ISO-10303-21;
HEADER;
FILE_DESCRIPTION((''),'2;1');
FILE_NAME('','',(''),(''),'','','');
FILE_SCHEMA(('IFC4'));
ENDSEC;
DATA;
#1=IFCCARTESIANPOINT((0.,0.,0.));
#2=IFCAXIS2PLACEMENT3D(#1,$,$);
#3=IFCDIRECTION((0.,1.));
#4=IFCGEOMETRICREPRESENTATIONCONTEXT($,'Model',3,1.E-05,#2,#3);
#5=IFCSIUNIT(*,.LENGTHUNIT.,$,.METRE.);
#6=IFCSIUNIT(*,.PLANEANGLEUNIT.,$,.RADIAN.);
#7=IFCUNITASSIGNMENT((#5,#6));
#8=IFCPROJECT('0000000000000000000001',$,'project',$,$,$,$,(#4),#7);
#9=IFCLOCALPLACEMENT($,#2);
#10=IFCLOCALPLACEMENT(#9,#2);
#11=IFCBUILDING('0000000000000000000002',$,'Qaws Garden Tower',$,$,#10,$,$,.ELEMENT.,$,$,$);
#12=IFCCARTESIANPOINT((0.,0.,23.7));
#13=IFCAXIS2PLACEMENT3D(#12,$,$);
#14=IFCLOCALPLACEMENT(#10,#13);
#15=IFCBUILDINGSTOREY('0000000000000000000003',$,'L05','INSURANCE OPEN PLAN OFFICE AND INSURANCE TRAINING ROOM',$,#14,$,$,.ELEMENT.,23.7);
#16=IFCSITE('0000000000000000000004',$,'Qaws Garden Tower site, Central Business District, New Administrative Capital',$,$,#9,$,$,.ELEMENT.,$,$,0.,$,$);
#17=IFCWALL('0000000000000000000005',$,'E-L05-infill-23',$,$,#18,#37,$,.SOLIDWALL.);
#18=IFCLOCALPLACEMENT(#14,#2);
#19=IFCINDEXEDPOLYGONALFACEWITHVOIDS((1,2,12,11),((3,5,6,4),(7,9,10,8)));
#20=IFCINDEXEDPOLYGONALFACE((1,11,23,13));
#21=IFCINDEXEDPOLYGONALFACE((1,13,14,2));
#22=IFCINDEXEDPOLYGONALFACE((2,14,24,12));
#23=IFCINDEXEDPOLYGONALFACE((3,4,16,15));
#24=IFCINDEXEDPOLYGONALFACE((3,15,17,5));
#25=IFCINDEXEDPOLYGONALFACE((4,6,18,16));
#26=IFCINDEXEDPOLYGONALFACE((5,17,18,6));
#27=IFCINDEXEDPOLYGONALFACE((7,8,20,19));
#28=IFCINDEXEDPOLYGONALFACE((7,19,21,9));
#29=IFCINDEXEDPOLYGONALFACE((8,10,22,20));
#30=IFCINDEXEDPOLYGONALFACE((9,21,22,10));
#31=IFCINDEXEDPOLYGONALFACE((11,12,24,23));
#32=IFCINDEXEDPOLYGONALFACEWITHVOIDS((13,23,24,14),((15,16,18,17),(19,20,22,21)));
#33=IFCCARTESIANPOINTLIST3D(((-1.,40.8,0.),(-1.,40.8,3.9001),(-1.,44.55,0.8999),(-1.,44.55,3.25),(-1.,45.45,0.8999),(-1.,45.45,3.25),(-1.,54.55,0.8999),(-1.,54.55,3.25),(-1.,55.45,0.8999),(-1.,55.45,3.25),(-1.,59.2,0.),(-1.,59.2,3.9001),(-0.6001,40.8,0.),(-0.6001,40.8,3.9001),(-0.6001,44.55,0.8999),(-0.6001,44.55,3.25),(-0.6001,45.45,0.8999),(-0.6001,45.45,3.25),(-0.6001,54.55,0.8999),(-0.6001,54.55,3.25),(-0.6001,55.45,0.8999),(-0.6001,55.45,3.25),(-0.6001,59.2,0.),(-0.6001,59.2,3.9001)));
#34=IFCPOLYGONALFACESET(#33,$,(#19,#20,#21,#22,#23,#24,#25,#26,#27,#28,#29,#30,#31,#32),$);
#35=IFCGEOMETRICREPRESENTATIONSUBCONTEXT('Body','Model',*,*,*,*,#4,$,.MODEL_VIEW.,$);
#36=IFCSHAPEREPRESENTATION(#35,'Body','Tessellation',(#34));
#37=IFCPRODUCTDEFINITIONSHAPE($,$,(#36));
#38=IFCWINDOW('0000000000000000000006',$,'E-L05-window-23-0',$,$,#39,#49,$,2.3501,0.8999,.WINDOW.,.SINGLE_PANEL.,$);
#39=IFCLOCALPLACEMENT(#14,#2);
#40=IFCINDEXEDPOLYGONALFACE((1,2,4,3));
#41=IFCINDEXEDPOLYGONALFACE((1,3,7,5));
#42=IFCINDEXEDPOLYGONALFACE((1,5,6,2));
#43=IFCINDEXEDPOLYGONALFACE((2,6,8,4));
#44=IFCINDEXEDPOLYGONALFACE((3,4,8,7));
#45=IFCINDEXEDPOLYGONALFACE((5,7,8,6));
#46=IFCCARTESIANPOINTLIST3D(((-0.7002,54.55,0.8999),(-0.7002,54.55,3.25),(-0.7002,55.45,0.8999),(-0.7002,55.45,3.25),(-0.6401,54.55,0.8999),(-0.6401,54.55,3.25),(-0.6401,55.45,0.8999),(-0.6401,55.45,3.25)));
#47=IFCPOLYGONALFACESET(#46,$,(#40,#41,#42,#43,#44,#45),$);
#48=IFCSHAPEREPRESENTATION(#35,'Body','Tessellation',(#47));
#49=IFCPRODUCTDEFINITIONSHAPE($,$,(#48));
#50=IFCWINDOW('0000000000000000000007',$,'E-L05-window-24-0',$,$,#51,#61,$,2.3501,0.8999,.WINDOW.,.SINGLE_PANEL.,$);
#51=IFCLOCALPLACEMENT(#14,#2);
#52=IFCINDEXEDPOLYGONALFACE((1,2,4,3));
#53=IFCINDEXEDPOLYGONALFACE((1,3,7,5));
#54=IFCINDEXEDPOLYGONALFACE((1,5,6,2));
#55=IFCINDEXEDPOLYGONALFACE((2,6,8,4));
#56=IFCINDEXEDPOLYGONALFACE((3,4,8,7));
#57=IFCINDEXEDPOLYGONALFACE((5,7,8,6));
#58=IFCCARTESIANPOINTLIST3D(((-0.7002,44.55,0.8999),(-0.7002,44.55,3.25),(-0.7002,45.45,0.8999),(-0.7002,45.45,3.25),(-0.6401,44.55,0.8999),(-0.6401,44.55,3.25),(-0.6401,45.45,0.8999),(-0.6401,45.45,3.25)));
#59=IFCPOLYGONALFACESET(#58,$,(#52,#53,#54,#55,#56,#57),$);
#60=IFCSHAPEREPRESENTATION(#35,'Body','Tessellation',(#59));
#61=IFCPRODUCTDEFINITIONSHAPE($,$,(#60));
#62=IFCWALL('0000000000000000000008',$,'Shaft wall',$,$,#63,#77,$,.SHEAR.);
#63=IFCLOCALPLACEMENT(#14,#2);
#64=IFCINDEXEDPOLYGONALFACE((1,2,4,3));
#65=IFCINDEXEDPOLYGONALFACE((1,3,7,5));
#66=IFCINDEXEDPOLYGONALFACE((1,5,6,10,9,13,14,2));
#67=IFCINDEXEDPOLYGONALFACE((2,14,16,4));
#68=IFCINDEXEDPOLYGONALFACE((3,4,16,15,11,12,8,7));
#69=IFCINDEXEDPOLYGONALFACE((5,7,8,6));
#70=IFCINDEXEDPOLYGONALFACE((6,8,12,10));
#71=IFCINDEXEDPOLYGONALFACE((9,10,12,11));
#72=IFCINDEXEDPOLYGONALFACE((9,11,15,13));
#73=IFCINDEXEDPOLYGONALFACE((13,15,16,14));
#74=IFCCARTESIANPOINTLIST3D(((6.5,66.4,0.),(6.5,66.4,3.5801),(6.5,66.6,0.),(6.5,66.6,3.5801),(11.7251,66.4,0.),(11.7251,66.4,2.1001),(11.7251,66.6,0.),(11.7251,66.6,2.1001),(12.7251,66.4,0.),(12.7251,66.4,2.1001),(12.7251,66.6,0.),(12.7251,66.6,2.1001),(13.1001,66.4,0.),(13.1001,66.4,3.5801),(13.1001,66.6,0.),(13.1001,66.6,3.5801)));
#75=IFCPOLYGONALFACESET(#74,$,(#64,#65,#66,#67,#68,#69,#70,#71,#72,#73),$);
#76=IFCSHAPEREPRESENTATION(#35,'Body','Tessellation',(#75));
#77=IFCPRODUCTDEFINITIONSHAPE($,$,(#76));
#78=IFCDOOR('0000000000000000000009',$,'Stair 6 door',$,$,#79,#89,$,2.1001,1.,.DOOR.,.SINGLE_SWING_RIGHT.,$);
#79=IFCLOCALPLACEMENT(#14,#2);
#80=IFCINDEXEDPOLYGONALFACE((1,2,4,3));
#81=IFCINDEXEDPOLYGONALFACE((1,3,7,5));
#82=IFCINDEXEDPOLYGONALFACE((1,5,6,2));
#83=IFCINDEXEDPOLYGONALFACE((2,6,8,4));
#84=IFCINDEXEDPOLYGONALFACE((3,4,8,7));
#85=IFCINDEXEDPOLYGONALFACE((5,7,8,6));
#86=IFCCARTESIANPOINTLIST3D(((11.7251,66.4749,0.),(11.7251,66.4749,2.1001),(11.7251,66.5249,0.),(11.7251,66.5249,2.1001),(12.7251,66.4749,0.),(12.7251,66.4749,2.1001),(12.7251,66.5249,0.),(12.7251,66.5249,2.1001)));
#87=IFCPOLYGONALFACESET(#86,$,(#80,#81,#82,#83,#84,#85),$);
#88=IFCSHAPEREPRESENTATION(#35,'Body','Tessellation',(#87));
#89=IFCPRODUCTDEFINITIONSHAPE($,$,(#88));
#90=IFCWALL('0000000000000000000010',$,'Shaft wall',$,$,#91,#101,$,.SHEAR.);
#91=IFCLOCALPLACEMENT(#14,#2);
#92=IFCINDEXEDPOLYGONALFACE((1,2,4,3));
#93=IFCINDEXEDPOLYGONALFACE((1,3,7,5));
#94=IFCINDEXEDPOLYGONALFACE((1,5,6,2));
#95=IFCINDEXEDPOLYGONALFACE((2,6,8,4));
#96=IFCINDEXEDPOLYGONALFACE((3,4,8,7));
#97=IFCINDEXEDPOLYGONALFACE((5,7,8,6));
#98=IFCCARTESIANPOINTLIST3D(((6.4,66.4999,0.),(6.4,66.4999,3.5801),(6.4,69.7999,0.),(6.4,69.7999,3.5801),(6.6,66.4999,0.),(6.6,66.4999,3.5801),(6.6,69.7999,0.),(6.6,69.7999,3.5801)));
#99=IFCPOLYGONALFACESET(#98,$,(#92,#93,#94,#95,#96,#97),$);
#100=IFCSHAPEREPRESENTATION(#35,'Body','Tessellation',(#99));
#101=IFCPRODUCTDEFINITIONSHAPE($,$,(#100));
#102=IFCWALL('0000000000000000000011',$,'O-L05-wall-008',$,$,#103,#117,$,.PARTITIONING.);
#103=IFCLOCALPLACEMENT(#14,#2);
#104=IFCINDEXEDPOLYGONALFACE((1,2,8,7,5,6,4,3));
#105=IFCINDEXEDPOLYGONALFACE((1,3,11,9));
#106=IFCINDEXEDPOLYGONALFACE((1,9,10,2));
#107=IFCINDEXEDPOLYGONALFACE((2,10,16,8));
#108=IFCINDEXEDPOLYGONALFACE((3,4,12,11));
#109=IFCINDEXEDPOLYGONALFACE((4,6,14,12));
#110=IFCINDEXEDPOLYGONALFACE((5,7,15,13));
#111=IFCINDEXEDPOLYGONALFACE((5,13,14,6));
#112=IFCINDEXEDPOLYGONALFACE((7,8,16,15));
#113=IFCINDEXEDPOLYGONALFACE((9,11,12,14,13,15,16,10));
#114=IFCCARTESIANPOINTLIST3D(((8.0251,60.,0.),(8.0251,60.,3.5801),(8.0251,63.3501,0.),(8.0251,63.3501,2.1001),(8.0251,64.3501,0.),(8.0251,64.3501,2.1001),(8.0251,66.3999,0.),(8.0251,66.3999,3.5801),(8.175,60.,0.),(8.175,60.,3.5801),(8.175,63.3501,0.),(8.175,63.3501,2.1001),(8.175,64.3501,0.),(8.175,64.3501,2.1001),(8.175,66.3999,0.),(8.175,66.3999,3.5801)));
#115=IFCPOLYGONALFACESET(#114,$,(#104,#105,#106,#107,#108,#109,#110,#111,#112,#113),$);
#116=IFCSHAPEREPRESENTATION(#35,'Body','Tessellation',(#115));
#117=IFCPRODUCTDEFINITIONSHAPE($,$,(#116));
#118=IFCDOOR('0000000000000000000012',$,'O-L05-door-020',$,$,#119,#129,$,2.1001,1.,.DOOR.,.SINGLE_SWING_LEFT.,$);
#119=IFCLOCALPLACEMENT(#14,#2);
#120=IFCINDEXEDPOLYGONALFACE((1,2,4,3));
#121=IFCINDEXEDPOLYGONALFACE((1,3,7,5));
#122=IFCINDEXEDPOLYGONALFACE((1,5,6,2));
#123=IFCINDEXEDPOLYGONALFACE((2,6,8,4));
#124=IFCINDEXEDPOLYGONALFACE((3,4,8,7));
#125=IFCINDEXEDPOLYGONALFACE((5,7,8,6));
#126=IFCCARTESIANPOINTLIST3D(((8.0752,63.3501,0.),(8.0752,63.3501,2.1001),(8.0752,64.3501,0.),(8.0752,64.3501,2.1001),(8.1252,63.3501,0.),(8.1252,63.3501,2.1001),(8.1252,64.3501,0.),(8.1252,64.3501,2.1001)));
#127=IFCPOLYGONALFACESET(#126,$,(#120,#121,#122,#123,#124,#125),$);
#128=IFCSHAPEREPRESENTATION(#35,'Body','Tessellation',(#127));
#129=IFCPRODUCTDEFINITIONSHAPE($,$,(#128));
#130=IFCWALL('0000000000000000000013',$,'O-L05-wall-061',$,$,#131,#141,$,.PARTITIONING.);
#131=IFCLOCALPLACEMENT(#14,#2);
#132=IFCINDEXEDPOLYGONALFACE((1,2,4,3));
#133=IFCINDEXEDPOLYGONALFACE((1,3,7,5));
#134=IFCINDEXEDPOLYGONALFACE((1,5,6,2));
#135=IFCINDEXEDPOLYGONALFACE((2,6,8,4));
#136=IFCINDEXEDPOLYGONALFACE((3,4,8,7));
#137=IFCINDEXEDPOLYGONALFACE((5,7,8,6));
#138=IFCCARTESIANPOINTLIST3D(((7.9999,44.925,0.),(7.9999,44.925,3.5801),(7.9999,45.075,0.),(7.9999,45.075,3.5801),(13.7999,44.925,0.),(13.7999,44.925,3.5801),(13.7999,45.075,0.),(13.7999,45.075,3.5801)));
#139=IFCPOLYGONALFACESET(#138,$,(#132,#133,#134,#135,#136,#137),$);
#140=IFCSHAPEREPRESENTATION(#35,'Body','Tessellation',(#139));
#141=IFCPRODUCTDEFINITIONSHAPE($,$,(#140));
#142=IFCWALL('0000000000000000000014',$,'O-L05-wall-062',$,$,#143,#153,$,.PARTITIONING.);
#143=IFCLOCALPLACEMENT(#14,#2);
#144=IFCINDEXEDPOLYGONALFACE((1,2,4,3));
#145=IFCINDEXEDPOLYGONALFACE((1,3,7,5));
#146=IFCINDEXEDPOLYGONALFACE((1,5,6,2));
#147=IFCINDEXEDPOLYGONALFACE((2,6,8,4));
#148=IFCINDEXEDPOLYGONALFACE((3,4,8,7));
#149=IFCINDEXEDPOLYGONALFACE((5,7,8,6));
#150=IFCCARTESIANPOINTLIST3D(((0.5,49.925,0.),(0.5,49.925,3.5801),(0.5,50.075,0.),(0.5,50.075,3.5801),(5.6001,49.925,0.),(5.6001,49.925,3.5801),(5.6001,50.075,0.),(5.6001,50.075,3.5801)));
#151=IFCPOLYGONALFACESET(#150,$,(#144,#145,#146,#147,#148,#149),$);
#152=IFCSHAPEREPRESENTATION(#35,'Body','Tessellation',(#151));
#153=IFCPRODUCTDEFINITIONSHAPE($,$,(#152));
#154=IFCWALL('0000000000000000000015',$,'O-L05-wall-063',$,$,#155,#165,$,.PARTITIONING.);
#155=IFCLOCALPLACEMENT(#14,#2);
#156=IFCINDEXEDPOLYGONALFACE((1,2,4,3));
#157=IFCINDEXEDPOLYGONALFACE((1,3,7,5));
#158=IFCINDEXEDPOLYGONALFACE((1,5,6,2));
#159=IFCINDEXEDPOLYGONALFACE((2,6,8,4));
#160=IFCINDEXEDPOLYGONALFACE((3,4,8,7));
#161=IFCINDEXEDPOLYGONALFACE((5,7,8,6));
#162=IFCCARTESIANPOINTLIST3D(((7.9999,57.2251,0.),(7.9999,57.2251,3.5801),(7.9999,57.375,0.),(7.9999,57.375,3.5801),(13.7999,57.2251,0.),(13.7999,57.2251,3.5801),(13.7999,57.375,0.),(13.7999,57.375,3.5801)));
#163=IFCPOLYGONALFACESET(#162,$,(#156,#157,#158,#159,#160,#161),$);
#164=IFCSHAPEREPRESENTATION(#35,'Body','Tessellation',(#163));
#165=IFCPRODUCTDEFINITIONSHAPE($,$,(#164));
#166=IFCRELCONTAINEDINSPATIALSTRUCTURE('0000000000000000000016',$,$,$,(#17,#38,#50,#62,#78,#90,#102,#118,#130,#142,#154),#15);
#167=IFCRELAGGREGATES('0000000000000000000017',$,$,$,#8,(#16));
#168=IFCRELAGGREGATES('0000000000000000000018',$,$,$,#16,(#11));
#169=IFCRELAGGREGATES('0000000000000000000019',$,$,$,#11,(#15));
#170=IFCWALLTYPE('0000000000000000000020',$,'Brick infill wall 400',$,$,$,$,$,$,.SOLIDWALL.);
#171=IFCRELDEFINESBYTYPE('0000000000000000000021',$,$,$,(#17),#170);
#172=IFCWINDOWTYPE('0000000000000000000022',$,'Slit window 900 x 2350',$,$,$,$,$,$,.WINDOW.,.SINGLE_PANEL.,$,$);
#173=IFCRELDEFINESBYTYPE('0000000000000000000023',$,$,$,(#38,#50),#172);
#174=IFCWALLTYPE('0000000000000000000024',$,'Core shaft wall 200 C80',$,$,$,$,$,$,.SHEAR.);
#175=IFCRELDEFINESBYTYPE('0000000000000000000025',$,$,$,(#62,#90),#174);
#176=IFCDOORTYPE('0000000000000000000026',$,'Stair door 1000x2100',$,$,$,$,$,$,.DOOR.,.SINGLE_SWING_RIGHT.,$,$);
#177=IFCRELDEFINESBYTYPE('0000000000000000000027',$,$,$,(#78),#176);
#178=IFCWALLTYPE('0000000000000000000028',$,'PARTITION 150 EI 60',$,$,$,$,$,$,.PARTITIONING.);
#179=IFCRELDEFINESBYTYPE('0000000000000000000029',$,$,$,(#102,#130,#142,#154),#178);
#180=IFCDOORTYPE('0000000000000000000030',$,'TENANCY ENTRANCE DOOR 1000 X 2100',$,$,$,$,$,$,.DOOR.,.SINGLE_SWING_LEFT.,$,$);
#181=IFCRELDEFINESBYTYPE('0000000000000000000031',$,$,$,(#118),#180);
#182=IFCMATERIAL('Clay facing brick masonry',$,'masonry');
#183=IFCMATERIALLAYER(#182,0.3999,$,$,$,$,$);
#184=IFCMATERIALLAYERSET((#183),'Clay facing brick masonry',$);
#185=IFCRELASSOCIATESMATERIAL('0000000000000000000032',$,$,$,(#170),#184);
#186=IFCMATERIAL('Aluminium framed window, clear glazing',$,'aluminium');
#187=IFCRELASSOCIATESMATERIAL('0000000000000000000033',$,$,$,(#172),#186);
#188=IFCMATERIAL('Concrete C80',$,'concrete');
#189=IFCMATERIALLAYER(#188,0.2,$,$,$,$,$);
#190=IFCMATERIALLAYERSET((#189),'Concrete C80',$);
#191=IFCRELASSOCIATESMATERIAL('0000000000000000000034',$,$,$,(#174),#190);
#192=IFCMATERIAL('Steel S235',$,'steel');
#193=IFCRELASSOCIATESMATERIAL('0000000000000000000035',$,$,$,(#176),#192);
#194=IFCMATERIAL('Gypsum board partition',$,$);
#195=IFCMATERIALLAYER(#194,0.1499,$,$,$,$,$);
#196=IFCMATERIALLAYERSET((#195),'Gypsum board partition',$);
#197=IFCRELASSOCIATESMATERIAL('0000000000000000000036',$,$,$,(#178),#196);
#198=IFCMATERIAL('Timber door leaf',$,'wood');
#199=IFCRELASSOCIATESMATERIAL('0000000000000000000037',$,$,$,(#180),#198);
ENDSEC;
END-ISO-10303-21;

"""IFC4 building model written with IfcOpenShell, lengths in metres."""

from ifc_helpers import new_model, si_unit, direction, frame, frame_2d, origin, place, context, subcontext, project, spatial, rectangle, extrude, material, layer, layer_set, type_object, element, fill, save


model = new_model("IFC4")

# Units and contexts
model_context = context("Model", 3, precision=1e-05, world=origin(), true_north=direction((0.0, 1.0)))
body_context = subcontext(model_context, "Body", "Model", "MODEL_VIEW")
ifc_project = project(units=[si_unit("LENGTHUNIT", "METRE"), si_unit("PLANEANGLEUNIT", "RADIAN")], contexts=[model_context])

# Site, building, storey
site_placement = place(None, origin())
site = spatial("IfcSite", under=ifc_project, at=site_placement, Name="Qaws Garden Tower site, Central Business District, New Administrative Capital", CompositionType="ELEMENT", RefElevation=0.0)
building_placement = place(site_placement, origin())
building = spatial("IfcBuilding", under=site, at=building_placement, Name="Qaws Garden Tower", CompositionType="ELEMENT")
storey_placement = place(building_placement, frame((0.0, 0.0, 23.7)))
storey = spatial("IfcBuildingStorey", under=building, at=storey_placement, Name="L05", Description="INSURANCE OPEN PLAN OFFICE AND INSURANCE TRAINING ROOM", CompositionType="ELEMENT", Elevation=23.7)

# Shared definitions
ifc_material_1 = material(Name="Clay facing brick masonry", Category="masonry")
ifc_layer_1 = layer(ifc_material_1, 0.3999)
ifc_layer_set_1 = layer_set([ifc_layer_1], Name="Clay facing brick masonry")
wall_type_1 = type_object("IfcWallType", Name="Brick infill wall 400", PredefinedType="SOLIDWALL", material=ifc_layer_set_1)

# Wall, openings, windows
wall_1_placement = place(storey_placement, frame((-0.8, 59.2, 0.0), z_axis=(0.0, 0.0, 1.0), x_axis=(0.0, -1.0, 0.0)))
wall_1 = element("IfcWall", 1, at=wall_1_placement, inside=storey, type_object=wall_type_1, Name="E-L05-infill-23", PredefinedType="SOLIDWALL", context=body_context, shape_type="SweptSolid", body=[
    extrude(rectangle(XDim=18.3999, YDim=0.3999, at=frame_2d((9.2, 0.0))), origin(), (0.0, 0.0, 1.0), 3.9001),
])
opening_1_placement = place(wall_1_placement, frame((3.75, 0.0, 0.8999)))
opening_1 = element("IfcOpeningElement", 2, at=opening_1_placement, cuts=wall_1, PredefinedType="OPENING", context=body_context, shape_type="SweptSolid", body=[
    extrude(rectangle(XDim=0.8999, YDim=2.3501, at=frame_2d((0.45, 1.175))), frame((0.0, 0.21, 0.0), z_axis=(0.0, -1.0, 0.0), x_axis=(1.0, 0.0, 0.0)), (0.0, 0.0, 1.0), 0.4199),
])
opening_2_placement = place(wall_1_placement, frame((13.75, 0.0, 0.8999)))
opening_2 = element("IfcOpeningElement", 3, at=opening_2_placement, cuts=wall_1, PredefinedType="OPENING", context=body_context, shape_type="SweptSolid", body=[
    extrude(rectangle(XDim=0.8999, YDim=2.3501, at=frame_2d((0.45, 1.175))), frame((0.0, 0.21, 0.0), z_axis=(0.0, -1.0, 0.0), x_axis=(1.0, 0.0, 0.0)), (0.0, 0.0, 1.0), 0.4199),
])
ifc_material_2 = material(Name="Aluminium framed window, clear glazing", Category="aluminium")
window_type_1 = type_object("IfcWindowType", Name="Slit window 900 x 2350", PartitioningType="SINGLE_PANEL", PredefinedType="WINDOW", material=ifc_material_2)
window_1_placement = place(opening_1_placement, origin())
window_1 = element("IfcWindow", 4, at=window_1_placement, inside=storey, type_object=window_type_1, Name="E-L05-window-23-0", OverallHeight=2.3501, OverallWidth=0.8999, PartitioningType="SINGLE_PANEL", PredefinedType="WINDOW", context=body_context, shape_type="SweptSolid", body=[
    extrude(rectangle(XDim=0.8999, YDim=2.3501, at=frame_2d((0.45, 1.175))), frame((0.0, 0.1599, 0.0), z_axis=(0.0, -1.0, 0.0), x_axis=(1.0, 0.0, 0.0)), (0.0, 0.0, 1.0), 0.0601),
])
fill(opening_1, window_1)
window_2_placement = place(opening_2_placement, origin())
window_2 = element("IfcWindow", 5, at=window_2_placement, inside=storey, type_object=window_type_1, Name="E-L05-window-24-0", OverallHeight=2.3501, OverallWidth=0.8999, PartitioningType="SINGLE_PANEL", PredefinedType="WINDOW", context=body_context, shape_type="SweptSolid", body=[
    extrude(rectangle(XDim=0.8999, YDim=2.3501, at=frame_2d((0.45, 1.175))), frame((0.0, 0.1599, 0.0), z_axis=(0.0, -1.0, 0.0), x_axis=(1.0, 0.0, 0.0)), (0.0, 0.0, 1.0), 0.0601),
])
fill(opening_2, window_2)

# Wall, opening, door
ifc_material_3 = material(Name="Concrete C80", Category="concrete")
ifc_layer_2 = layer(ifc_material_3, 0.2)
ifc_layer_set_2 = layer_set([ifc_layer_2], Name="Concrete C80")
wall_type_2 = type_object("IfcWallType", Name="Core shaft wall 200 C80", PredefinedType="SHEAR", material=ifc_layer_set_2)
wall_2_placement = place(storey_placement, frame((6.5, 66.5, 0.0), z_axis=(0.0, 0.0, 1.0), x_axis=(1.0, 0.0, 0.0)))
wall_2 = element("IfcWall", 6, at=wall_2_placement, inside=storey, type_object=wall_type_2, Name="Shaft wall", PredefinedType="SHEAR", context=body_context, shape_type="SweptSolid", body=[
    extrude(rectangle(XDim=6.6001, YDim=0.2, at=frame_2d((3.3, 0.0))), origin(), (0.0, 0.0, 1.0), 3.5801),
])
opening_3_placement = place(wall_2_placement, frame((5.2251, 0.0, 0.0)))
opening_3 = element("IfcOpeningElement", 7, at=opening_3_placement, cuts=wall_2, PredefinedType="OPENING", context=body_context, shape_type="SweptSolid", body=[
    extrude(rectangle(XDim=1.0, YDim=2.1001, at=frame_2d((0.5, 1.05))), frame((0.0, 0.1099, 0.0), z_axis=(0.0, -1.0, 0.0), x_axis=(1.0, 0.0, 0.0)), (0.0, 0.0, 1.0), 0.22),
])
ifc_material_4 = material(Name="Steel S235", Category="steel")
door_type_1 = type_object("IfcDoorType", Name="Stair door 1000x2100", OperationType="SINGLE_SWING_RIGHT", PredefinedType="DOOR", material=ifc_material_4)
door_1_placement = place(opening_3_placement, origin())
door_1 = element("IfcDoor", 8, at=door_1_placement, inside=storey, type_object=door_type_1, Name="Stair 6 door", OperationType="SINGLE_SWING_RIGHT", OverallHeight=2.1001, OverallWidth=1.0, PredefinedType="DOOR", context=body_context, shape_type="SweptSolid", body=[
    extrude(rectangle(XDim=1.0, YDim=2.1001, at=frame_2d((0.5, 1.05))), frame((0.0, 0.0249, 0.0), z_axis=(0.0, -1.0, 0.0), x_axis=(1.0, 0.0, 0.0)), (0.0, 0.0, 1.0), 0.05),
])
fill(opening_3, door_1)

# Wall
wall_3_placement = place(storey_placement, frame((6.5, 66.5, 0.0), z_axis=(0.0, 0.0, 1.0), x_axis=(0.0, 1.0, 0.0)))
element("IfcWall", 9, at=wall_3_placement, inside=storey, type_object=wall_type_2, Name="Shaft wall", PredefinedType="SHEAR", context=body_context, shape_type="SweptSolid", body=[
    extrude(rectangle(XDim=3.3, YDim=0.2, at=frame_2d((1.6499, 0.0))), origin(), (0.0, 0.0, 1.0), 3.5801),
])

# Wall, opening, door
ifc_material_5 = material(Name="Gypsum board partition")
ifc_layer_3 = layer(ifc_material_5, 0.1499)
ifc_layer_set_3 = layer_set([ifc_layer_3], Name="Gypsum board partition")
wall_type_3 = type_object("IfcWallType", Name="PARTITION 150 EI 60", PredefinedType="PARTITIONING", material=ifc_layer_set_3)
wall_4_placement = place(storey_placement, frame((8.1001, 60.0, 0.0), z_axis=(0.0, 0.0, 1.0), x_axis=(0.0, 1.0, 0.0)))
wall_4 = element("IfcWall", 10, at=wall_4_placement, inside=storey, type_object=wall_type_3, Name="O-L05-wall-008", PredefinedType="PARTITIONING", context=body_context, shape_type="SweptSolid", body=[
    extrude(rectangle(XDim=6.3999, YDim=0.1499, at=frame_2d((3.2, 0.0))), origin(), (0.0, 0.0, 1.0), 3.5801),
])
opening_4_placement = place(wall_4_placement, frame((3.3501, 0.0, 0.0)))
opening_4 = element("IfcOpeningElement", 11, at=opening_4_placement, cuts=wall_4, PredefinedType="OPENING", context=body_context, shape_type="SweptSolid", body=[
    extrude(rectangle(XDim=1.0, YDim=2.1001, at=frame_2d((0.5, 1.05))), frame((0.0, 0.085, 0.0), z_axis=(0.0, -1.0, 0.0), x_axis=(1.0, 0.0, 0.0)), (0.0, 0.0, 1.0), 0.1699),
])
ifc_material_6 = material(Name="Timber door leaf", Category="wood")
door_type_2 = type_object("IfcDoorType", Name="TENANCY ENTRANCE DOOR 1000 X 2100", OperationType="SINGLE_SWING_LEFT", PredefinedType="DOOR", material=ifc_material_6)
door_2_placement = place(opening_4_placement, origin())
door_2 = element("IfcDoor", 12, at=door_2_placement, inside=storey, type_object=door_type_2, Name="O-L05-door-020", OperationType="SINGLE_SWING_LEFT", OverallHeight=2.1001, OverallWidth=1.0, PredefinedType="DOOR", context=body_context, shape_type="SweptSolid", body=[
    extrude(rectangle(XDim=1.0, YDim=2.1001, at=frame_2d((0.5, 1.05))), frame((0.0, 0.0249, 0.0), z_axis=(0.0, -1.0, 0.0), x_axis=(1.0, 0.0, 0.0)), (0.0, 0.0, 1.0), 0.05),
])
fill(opening_4, door_2)

# Walls
wall_5_placement = place(storey_placement, frame((8.0, 45.0, 0.0), z_axis=(0.0, 0.0, 1.0), x_axis=(1.0, 0.0, 0.0)))
element("IfcWall", 13, at=wall_5_placement, inside=storey, type_object=wall_type_3, Name="O-L05-wall-061", PredefinedType="PARTITIONING", context=body_context, shape_type="SweptSolid", body=[
    extrude(rectangle(XDim=5.8, YDim=0.1499, at=frame_2d((2.8999, 0.0))), origin(), (0.0, 0.0, 1.0), 3.5801),
])
wall_6_placement = place(storey_placement, frame((0.5, 50.0, 0.0), z_axis=(0.0, 0.0, 1.0), x_axis=(1.0, 0.0, 0.0)))
element("IfcWall", 14, at=wall_6_placement, inside=storey, type_object=wall_type_3, Name="O-L05-wall-062", PredefinedType="PARTITIONING", context=body_context, shape_type="SweptSolid", body=[
    extrude(rectangle(XDim=5.1001, YDim=0.1499, at=frame_2d((2.55, 0.0))), origin(), (0.0, 0.0, 1.0), 3.5801),
])
wall_7_placement = place(storey_placement, frame((8.0, 57.3, 0.0), z_axis=(0.0, 0.0, 1.0), x_axis=(1.0, 0.0, 0.0)))
element("IfcWall", 15, at=wall_7_placement, inside=storey, type_object=wall_type_3, Name="O-L05-wall-063", PredefinedType="PARTITIONING", context=body_context, shape_type="SweptSolid", body=[
    extrude(rectangle(XDim=5.8, YDim=0.1499, at=frame_2d((2.8999, 0.0))), origin(), (0.0, 0.0, 1.0), 3.5801),
])

save(model, "model.ifc")
